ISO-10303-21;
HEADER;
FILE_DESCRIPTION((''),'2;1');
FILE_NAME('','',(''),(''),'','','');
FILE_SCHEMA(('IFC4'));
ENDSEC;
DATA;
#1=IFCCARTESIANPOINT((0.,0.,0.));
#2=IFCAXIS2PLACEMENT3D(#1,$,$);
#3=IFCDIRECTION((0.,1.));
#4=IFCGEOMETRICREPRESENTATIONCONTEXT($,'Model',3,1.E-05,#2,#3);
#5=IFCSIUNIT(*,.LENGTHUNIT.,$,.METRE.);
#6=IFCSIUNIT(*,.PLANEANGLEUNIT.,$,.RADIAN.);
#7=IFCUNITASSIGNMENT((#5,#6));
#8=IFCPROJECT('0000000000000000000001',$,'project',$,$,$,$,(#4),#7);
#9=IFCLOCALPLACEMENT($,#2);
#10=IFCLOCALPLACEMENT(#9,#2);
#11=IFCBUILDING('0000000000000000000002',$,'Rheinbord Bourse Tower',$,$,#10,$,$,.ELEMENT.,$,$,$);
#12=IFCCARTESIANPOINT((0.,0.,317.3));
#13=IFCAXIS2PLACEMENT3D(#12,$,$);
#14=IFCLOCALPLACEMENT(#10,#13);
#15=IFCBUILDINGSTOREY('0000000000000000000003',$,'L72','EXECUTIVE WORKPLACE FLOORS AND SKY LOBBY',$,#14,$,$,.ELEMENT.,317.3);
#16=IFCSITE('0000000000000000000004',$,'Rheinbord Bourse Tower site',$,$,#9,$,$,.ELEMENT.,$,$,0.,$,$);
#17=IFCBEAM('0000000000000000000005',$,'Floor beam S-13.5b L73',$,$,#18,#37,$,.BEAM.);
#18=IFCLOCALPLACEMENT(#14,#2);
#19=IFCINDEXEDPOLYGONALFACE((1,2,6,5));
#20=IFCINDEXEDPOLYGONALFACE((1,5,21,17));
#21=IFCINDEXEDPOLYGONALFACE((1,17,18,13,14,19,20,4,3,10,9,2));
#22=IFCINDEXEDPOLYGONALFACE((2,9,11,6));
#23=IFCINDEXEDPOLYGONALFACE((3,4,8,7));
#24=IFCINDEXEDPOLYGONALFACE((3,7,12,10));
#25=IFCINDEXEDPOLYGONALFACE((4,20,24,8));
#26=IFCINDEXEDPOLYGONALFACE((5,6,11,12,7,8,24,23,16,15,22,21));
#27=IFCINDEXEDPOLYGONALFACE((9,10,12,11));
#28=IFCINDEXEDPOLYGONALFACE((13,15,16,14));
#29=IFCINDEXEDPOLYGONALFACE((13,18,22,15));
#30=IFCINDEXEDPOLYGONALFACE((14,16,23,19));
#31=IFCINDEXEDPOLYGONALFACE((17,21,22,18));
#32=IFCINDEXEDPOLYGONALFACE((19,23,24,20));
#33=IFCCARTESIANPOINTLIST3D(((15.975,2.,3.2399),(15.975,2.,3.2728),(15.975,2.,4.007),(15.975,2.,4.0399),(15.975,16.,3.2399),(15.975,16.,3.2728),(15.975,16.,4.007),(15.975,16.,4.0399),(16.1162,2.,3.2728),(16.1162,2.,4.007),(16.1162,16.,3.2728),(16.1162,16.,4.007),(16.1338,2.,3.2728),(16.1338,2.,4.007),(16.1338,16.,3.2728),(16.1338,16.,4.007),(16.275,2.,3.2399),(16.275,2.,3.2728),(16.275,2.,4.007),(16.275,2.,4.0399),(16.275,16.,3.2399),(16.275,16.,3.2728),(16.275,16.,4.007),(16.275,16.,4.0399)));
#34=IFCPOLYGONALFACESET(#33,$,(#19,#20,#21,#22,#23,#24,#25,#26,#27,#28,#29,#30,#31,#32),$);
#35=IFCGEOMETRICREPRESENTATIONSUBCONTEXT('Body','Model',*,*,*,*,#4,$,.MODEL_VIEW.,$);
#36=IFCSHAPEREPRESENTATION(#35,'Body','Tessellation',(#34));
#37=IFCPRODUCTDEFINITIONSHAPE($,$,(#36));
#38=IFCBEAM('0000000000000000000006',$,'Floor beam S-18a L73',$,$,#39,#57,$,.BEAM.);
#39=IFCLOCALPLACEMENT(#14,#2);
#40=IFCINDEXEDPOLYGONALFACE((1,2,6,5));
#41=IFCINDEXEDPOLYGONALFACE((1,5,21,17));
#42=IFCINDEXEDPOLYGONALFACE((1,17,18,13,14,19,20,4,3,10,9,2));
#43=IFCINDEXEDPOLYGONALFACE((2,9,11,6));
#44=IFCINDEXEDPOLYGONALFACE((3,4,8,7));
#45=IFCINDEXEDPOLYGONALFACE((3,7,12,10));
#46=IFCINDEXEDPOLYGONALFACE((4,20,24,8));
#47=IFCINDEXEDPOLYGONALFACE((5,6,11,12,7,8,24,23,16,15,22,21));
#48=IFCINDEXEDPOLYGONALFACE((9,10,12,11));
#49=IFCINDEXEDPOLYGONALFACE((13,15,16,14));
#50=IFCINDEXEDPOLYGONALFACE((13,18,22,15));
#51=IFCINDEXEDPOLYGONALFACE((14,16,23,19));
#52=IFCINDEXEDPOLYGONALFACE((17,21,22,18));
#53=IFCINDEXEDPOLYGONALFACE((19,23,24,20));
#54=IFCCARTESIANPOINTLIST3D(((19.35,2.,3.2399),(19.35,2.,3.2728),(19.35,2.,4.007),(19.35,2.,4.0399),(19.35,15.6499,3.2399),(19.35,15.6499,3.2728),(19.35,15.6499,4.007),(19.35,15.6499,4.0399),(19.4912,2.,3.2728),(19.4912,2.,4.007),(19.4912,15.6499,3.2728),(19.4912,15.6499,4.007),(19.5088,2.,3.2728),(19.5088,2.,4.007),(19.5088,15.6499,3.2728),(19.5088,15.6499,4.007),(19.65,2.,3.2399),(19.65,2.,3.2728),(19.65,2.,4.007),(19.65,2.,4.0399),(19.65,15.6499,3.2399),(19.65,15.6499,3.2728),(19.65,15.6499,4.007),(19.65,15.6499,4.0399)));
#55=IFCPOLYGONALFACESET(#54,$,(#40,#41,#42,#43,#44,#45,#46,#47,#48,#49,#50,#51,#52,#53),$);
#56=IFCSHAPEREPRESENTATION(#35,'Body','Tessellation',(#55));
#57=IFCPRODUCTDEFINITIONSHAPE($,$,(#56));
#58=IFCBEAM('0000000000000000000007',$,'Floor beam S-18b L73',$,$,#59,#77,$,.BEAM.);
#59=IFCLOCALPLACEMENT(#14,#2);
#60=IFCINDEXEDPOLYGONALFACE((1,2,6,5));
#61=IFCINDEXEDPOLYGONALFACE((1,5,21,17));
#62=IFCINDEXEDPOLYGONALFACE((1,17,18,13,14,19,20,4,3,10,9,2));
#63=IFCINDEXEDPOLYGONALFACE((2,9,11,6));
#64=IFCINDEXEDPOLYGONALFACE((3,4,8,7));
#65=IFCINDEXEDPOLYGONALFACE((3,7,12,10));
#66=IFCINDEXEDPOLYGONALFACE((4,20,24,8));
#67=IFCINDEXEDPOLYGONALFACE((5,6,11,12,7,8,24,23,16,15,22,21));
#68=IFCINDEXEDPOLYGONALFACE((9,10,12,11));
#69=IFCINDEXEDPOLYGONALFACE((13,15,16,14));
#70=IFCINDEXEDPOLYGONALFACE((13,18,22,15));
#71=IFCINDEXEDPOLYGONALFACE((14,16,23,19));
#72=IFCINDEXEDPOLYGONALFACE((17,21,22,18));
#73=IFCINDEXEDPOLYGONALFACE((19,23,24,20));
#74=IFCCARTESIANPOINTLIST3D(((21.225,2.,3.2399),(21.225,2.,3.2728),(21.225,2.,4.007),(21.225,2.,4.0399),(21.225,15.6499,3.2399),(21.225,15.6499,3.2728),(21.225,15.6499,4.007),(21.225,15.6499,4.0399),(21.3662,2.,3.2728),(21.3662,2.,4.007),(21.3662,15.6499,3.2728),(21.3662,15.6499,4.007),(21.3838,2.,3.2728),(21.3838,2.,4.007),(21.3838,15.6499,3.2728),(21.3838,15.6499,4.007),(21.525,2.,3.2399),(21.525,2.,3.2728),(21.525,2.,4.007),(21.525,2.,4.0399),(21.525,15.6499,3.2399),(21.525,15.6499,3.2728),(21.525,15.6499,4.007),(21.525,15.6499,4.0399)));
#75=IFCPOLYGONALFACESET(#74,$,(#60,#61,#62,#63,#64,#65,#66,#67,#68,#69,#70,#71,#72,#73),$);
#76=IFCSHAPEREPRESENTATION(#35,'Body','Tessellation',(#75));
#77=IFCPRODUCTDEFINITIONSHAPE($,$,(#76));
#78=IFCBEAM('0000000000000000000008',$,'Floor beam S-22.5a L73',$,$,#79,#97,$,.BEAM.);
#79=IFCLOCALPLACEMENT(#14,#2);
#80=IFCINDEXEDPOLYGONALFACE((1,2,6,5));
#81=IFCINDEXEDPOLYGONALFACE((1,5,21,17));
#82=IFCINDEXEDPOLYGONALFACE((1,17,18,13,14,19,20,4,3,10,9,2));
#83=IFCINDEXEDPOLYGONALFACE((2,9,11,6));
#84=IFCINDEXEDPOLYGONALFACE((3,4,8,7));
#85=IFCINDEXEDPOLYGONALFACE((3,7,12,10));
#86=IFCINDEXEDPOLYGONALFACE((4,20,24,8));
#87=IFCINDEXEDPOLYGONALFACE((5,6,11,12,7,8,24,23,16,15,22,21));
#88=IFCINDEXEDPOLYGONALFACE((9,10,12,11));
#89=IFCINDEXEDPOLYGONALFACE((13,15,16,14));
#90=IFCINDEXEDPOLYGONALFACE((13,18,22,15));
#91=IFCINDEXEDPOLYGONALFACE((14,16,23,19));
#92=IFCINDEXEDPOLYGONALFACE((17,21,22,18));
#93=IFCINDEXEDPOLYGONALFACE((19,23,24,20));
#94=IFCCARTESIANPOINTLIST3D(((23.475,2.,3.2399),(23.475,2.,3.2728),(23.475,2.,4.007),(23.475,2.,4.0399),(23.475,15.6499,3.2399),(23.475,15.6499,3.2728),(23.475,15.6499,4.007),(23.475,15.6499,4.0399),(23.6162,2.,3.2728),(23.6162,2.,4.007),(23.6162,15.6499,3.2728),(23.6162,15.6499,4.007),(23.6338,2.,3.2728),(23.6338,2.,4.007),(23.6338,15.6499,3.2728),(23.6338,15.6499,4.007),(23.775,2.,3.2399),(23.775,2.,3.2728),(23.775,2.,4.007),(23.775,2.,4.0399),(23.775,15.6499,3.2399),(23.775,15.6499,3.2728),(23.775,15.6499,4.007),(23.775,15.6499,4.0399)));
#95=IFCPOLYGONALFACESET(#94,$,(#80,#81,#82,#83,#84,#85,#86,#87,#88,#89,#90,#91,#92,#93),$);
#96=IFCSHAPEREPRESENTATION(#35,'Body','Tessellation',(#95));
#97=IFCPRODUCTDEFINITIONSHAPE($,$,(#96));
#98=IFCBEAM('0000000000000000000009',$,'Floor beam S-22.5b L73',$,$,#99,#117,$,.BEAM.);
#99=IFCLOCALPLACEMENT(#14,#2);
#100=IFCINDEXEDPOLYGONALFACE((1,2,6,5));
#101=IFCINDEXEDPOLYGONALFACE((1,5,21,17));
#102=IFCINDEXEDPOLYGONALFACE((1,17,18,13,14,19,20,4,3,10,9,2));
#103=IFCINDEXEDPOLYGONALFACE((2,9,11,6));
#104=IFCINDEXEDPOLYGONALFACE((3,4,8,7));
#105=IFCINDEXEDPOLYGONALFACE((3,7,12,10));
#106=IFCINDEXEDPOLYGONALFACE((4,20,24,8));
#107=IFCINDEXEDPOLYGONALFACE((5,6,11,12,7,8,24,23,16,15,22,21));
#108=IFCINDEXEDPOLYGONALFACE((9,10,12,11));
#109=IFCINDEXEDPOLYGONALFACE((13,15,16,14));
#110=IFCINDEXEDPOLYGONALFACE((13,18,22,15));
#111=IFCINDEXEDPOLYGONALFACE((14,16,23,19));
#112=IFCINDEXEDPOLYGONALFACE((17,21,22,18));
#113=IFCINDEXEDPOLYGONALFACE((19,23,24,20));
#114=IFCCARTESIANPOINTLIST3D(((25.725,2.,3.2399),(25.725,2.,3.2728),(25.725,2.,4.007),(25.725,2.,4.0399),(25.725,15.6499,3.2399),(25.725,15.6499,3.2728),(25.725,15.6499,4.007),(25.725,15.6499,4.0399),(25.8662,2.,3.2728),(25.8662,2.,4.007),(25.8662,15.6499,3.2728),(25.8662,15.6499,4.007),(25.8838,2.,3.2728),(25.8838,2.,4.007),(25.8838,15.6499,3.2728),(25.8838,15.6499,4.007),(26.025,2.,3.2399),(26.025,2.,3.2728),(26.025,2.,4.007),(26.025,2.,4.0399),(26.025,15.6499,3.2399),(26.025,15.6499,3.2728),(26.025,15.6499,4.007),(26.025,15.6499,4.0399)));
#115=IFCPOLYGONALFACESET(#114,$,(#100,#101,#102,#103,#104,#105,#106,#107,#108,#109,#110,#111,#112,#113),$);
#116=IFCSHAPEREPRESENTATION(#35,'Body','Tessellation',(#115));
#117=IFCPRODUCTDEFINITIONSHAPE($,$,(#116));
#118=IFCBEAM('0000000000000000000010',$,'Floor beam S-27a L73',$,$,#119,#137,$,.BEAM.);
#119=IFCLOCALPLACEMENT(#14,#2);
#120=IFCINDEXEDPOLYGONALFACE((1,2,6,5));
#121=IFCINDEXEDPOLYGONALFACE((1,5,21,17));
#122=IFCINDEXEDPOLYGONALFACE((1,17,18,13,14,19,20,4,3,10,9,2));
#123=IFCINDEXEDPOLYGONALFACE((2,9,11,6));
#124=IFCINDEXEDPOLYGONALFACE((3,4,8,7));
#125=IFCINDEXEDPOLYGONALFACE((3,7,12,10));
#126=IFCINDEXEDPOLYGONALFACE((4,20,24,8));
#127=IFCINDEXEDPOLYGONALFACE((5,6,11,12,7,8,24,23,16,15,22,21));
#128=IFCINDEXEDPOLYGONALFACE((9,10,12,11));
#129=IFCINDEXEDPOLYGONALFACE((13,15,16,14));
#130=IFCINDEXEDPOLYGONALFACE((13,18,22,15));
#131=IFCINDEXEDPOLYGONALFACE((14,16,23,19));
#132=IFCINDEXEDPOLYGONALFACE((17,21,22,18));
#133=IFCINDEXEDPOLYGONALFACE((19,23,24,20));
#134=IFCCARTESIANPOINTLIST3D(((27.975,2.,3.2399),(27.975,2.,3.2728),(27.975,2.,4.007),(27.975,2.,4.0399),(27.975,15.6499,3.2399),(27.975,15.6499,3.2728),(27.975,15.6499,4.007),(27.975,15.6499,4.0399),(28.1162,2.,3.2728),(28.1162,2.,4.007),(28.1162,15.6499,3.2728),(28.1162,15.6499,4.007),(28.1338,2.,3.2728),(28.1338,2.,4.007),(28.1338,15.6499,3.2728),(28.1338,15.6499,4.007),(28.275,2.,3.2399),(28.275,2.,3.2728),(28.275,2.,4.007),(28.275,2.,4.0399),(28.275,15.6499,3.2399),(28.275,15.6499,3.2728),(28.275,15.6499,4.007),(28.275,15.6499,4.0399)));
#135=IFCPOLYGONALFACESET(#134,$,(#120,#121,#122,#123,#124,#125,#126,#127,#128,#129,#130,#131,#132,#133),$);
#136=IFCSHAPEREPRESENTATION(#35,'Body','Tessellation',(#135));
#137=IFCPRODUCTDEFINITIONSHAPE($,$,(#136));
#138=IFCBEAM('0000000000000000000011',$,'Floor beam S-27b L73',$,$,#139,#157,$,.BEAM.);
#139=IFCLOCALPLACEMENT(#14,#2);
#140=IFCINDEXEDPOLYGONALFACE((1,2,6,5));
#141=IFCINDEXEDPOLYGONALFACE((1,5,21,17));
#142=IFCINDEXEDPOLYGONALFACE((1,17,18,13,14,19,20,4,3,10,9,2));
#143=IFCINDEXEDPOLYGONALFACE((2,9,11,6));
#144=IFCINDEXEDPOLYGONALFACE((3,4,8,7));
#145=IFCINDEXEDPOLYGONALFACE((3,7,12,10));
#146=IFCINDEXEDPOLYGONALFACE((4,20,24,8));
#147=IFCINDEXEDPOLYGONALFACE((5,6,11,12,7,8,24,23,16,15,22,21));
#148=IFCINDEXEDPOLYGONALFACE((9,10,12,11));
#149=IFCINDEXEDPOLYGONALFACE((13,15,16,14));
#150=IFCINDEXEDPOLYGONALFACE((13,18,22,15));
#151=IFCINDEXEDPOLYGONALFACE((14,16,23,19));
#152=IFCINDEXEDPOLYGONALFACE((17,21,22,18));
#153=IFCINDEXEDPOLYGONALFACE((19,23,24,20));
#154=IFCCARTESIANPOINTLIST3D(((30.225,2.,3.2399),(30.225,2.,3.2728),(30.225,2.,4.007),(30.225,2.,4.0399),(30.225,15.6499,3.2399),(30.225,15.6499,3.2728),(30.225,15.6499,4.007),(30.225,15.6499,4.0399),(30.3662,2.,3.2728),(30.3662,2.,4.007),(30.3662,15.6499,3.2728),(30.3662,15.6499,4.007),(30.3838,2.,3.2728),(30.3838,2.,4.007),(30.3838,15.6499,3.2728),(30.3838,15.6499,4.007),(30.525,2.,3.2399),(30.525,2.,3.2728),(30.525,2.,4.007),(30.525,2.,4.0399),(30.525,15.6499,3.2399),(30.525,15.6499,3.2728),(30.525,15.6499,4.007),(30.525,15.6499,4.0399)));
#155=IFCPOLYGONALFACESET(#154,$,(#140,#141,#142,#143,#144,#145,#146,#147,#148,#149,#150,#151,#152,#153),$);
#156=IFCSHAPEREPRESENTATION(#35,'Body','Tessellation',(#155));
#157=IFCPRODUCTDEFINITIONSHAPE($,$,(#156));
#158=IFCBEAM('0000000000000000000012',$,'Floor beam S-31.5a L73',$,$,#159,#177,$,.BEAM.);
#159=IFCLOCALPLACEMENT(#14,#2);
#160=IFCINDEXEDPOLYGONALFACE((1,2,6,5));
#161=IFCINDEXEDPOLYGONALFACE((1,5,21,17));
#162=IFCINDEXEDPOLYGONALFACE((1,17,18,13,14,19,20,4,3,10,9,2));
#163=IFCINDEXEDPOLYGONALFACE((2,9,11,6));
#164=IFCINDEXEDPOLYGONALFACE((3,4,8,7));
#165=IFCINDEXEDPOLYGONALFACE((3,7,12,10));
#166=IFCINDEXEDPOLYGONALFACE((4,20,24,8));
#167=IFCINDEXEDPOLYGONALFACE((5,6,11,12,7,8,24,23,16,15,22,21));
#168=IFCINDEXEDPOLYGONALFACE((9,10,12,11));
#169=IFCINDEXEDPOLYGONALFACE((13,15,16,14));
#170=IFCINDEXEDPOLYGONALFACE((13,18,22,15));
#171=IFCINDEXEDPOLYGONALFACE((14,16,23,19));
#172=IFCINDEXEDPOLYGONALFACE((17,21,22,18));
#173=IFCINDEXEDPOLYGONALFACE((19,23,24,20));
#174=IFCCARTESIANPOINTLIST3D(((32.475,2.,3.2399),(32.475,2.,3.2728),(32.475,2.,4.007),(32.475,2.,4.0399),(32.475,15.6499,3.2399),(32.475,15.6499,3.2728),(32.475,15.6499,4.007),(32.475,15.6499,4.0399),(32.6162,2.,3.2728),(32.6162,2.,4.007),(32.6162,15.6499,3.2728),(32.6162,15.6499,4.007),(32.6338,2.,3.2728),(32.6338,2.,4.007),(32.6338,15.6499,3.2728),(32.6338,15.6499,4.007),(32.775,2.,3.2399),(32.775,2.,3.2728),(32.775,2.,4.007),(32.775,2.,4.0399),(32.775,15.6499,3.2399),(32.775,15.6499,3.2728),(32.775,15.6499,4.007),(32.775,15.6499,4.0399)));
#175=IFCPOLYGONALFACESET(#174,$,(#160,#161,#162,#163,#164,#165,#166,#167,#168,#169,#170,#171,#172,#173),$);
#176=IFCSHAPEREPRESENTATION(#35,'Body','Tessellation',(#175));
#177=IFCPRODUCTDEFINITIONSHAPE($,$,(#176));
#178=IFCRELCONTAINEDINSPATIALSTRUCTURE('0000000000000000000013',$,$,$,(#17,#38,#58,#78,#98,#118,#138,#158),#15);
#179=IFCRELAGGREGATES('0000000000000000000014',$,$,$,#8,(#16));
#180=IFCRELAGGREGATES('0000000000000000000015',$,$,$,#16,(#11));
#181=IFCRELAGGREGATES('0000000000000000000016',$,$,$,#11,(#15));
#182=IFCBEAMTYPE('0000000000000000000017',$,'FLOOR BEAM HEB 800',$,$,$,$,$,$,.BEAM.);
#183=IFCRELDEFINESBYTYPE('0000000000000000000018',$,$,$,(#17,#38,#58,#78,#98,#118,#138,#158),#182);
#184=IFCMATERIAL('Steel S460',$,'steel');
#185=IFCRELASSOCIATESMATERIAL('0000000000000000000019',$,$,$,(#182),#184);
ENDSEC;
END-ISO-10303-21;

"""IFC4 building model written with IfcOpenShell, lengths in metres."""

from ifc_helpers import new_model, si_unit, direction, frame, origin, origin_2d, place, context, subcontext, project, spatial, i_section, extrude, material, material_profile, profile_set, type_object, element, save


model = new_model("IFC4")

# Units and contexts
model_context = context("Model", 3, precision=1e-05, world=origin(), true_north=direction((0.0, 1.0)))
body_context = subcontext(model_context, "Body", "Model", "MODEL_VIEW")
ifc_project = project(units=[si_unit("LENGTHUNIT", "METRE"), si_unit("PLANEANGLEUNIT", "RADIAN")], contexts=[model_context])

# Site, building, storey
site_placement = place(None, origin())
site = spatial("IfcSite", under=ifc_project, at=site_placement, Name="Rheinbord Bourse Tower site", CompositionType="ELEMENT", RefElevation=0.0)
building_placement = place(site_placement, origin())
building = spatial("IfcBuilding", under=site, at=building_placement, Name="Rheinbord Bourse Tower", CompositionType="ELEMENT")
storey_placement = place(building_placement, frame((0.0, 0.0, 317.3)))
storey = spatial("IfcBuildingStorey", under=building, at=storey_placement, Name="L72", Description="EXECUTIVE WORKPLACE FLOORS AND SKY LOBBY", CompositionType="ELEMENT", Elevation=317.3)

# Beams
ifc_material_1 = material(Name="Steel S460", Category="steel")
ifc_material_profile_1 = material_profile(ifc_material_1, i_section(OverallWidth=0.3, OverallDepth=0.8, WebThickness=0.0176, FlangeThickness=0.033, at=origin_2d()), Name="HEB 800")
ifc_profile_set_1 = profile_set([ifc_material_profile_1], Name="Steel S460")
beam_type_1 = type_object("IfcBeamType", Name="FLOOR BEAM HEB 800", PredefinedType="BEAM", material=ifc_profile_set_1)
beam_placement = place(storey_placement, frame((16.125, 2.0, 3.6399), z_axis=(0.0, 1.0, 0.0), x_axis=(-1.0, 0.0, 0.0)))
element("IfcBeam", 1, at=beam_placement, inside=storey, type_object=beam_type_1, Name="Floor beam S-13.5b L73", PredefinedType="BEAM", context=body_context, shape_type="SweptSolid", body=[
    extrude(i_section(OverallWidth=0.3, OverallDepth=0.8, WebThickness=0.0176, FlangeThickness=0.033, at=origin_2d()), origin(), (0.0, 0.0, 1.0), 14.0),
])
for number, where, z_axis, x_axis, name in (
    (2, (19.5, 2.0, 3.6399), (0.0, 1.0, 0.0), (-1.0, 0.0, 0.0), "Floor beam S-18a L73"),
    (3, (21.375, 2.0, 3.6399), (0.0, 1.0, 0.0), (-1.0, 0.0, 0.0), "Floor beam S-18b L73"),
    (4, (23.625, 2.0, 3.6399), (0.0, 1.0, 0.0), (-1.0, 0.0, 0.0), "Floor beam S-22.5a L73"),
    (5, (25.875, 2.0, 3.6399), (0.0, 1.0, 0.0), (-1.0, 0.0, 0.0), "Floor beam S-22.5b L73"),
    (6, (28.125, 2.0, 3.6399), (0.0, 1.0, 0.0), (-1.0, 0.0, 0.0), "Floor beam S-27a L73"),
    (7, (30.375, 2.0, 3.6399), (0.0, 1.0, 0.0), (-1.0, 0.0, 0.0), "Floor beam S-27b L73"),
    (8, (32.625, 2.0, 3.6399), (0.0, 1.0, 0.0), (-1.0, 0.0, 0.0), "Floor beam S-31.5a L73"),
):
    element("IfcBeam", number, at=place(storey_placement, frame(where, z_axis=z_axis, x_axis=x_axis)), inside=storey, type_object=beam_type_1, Name=name, PredefinedType="BEAM", context=body_context, shape_type="SweptSolid", body=[
        extrude(i_section(OverallWidth=0.3, OverallDepth=0.8, WebThickness=0.0176, FlangeThickness=0.033, at=origin_2d()), origin(), (0.0, 0.0, 1.0), 13.6499),
    ])

save(model, "model.ifc")
